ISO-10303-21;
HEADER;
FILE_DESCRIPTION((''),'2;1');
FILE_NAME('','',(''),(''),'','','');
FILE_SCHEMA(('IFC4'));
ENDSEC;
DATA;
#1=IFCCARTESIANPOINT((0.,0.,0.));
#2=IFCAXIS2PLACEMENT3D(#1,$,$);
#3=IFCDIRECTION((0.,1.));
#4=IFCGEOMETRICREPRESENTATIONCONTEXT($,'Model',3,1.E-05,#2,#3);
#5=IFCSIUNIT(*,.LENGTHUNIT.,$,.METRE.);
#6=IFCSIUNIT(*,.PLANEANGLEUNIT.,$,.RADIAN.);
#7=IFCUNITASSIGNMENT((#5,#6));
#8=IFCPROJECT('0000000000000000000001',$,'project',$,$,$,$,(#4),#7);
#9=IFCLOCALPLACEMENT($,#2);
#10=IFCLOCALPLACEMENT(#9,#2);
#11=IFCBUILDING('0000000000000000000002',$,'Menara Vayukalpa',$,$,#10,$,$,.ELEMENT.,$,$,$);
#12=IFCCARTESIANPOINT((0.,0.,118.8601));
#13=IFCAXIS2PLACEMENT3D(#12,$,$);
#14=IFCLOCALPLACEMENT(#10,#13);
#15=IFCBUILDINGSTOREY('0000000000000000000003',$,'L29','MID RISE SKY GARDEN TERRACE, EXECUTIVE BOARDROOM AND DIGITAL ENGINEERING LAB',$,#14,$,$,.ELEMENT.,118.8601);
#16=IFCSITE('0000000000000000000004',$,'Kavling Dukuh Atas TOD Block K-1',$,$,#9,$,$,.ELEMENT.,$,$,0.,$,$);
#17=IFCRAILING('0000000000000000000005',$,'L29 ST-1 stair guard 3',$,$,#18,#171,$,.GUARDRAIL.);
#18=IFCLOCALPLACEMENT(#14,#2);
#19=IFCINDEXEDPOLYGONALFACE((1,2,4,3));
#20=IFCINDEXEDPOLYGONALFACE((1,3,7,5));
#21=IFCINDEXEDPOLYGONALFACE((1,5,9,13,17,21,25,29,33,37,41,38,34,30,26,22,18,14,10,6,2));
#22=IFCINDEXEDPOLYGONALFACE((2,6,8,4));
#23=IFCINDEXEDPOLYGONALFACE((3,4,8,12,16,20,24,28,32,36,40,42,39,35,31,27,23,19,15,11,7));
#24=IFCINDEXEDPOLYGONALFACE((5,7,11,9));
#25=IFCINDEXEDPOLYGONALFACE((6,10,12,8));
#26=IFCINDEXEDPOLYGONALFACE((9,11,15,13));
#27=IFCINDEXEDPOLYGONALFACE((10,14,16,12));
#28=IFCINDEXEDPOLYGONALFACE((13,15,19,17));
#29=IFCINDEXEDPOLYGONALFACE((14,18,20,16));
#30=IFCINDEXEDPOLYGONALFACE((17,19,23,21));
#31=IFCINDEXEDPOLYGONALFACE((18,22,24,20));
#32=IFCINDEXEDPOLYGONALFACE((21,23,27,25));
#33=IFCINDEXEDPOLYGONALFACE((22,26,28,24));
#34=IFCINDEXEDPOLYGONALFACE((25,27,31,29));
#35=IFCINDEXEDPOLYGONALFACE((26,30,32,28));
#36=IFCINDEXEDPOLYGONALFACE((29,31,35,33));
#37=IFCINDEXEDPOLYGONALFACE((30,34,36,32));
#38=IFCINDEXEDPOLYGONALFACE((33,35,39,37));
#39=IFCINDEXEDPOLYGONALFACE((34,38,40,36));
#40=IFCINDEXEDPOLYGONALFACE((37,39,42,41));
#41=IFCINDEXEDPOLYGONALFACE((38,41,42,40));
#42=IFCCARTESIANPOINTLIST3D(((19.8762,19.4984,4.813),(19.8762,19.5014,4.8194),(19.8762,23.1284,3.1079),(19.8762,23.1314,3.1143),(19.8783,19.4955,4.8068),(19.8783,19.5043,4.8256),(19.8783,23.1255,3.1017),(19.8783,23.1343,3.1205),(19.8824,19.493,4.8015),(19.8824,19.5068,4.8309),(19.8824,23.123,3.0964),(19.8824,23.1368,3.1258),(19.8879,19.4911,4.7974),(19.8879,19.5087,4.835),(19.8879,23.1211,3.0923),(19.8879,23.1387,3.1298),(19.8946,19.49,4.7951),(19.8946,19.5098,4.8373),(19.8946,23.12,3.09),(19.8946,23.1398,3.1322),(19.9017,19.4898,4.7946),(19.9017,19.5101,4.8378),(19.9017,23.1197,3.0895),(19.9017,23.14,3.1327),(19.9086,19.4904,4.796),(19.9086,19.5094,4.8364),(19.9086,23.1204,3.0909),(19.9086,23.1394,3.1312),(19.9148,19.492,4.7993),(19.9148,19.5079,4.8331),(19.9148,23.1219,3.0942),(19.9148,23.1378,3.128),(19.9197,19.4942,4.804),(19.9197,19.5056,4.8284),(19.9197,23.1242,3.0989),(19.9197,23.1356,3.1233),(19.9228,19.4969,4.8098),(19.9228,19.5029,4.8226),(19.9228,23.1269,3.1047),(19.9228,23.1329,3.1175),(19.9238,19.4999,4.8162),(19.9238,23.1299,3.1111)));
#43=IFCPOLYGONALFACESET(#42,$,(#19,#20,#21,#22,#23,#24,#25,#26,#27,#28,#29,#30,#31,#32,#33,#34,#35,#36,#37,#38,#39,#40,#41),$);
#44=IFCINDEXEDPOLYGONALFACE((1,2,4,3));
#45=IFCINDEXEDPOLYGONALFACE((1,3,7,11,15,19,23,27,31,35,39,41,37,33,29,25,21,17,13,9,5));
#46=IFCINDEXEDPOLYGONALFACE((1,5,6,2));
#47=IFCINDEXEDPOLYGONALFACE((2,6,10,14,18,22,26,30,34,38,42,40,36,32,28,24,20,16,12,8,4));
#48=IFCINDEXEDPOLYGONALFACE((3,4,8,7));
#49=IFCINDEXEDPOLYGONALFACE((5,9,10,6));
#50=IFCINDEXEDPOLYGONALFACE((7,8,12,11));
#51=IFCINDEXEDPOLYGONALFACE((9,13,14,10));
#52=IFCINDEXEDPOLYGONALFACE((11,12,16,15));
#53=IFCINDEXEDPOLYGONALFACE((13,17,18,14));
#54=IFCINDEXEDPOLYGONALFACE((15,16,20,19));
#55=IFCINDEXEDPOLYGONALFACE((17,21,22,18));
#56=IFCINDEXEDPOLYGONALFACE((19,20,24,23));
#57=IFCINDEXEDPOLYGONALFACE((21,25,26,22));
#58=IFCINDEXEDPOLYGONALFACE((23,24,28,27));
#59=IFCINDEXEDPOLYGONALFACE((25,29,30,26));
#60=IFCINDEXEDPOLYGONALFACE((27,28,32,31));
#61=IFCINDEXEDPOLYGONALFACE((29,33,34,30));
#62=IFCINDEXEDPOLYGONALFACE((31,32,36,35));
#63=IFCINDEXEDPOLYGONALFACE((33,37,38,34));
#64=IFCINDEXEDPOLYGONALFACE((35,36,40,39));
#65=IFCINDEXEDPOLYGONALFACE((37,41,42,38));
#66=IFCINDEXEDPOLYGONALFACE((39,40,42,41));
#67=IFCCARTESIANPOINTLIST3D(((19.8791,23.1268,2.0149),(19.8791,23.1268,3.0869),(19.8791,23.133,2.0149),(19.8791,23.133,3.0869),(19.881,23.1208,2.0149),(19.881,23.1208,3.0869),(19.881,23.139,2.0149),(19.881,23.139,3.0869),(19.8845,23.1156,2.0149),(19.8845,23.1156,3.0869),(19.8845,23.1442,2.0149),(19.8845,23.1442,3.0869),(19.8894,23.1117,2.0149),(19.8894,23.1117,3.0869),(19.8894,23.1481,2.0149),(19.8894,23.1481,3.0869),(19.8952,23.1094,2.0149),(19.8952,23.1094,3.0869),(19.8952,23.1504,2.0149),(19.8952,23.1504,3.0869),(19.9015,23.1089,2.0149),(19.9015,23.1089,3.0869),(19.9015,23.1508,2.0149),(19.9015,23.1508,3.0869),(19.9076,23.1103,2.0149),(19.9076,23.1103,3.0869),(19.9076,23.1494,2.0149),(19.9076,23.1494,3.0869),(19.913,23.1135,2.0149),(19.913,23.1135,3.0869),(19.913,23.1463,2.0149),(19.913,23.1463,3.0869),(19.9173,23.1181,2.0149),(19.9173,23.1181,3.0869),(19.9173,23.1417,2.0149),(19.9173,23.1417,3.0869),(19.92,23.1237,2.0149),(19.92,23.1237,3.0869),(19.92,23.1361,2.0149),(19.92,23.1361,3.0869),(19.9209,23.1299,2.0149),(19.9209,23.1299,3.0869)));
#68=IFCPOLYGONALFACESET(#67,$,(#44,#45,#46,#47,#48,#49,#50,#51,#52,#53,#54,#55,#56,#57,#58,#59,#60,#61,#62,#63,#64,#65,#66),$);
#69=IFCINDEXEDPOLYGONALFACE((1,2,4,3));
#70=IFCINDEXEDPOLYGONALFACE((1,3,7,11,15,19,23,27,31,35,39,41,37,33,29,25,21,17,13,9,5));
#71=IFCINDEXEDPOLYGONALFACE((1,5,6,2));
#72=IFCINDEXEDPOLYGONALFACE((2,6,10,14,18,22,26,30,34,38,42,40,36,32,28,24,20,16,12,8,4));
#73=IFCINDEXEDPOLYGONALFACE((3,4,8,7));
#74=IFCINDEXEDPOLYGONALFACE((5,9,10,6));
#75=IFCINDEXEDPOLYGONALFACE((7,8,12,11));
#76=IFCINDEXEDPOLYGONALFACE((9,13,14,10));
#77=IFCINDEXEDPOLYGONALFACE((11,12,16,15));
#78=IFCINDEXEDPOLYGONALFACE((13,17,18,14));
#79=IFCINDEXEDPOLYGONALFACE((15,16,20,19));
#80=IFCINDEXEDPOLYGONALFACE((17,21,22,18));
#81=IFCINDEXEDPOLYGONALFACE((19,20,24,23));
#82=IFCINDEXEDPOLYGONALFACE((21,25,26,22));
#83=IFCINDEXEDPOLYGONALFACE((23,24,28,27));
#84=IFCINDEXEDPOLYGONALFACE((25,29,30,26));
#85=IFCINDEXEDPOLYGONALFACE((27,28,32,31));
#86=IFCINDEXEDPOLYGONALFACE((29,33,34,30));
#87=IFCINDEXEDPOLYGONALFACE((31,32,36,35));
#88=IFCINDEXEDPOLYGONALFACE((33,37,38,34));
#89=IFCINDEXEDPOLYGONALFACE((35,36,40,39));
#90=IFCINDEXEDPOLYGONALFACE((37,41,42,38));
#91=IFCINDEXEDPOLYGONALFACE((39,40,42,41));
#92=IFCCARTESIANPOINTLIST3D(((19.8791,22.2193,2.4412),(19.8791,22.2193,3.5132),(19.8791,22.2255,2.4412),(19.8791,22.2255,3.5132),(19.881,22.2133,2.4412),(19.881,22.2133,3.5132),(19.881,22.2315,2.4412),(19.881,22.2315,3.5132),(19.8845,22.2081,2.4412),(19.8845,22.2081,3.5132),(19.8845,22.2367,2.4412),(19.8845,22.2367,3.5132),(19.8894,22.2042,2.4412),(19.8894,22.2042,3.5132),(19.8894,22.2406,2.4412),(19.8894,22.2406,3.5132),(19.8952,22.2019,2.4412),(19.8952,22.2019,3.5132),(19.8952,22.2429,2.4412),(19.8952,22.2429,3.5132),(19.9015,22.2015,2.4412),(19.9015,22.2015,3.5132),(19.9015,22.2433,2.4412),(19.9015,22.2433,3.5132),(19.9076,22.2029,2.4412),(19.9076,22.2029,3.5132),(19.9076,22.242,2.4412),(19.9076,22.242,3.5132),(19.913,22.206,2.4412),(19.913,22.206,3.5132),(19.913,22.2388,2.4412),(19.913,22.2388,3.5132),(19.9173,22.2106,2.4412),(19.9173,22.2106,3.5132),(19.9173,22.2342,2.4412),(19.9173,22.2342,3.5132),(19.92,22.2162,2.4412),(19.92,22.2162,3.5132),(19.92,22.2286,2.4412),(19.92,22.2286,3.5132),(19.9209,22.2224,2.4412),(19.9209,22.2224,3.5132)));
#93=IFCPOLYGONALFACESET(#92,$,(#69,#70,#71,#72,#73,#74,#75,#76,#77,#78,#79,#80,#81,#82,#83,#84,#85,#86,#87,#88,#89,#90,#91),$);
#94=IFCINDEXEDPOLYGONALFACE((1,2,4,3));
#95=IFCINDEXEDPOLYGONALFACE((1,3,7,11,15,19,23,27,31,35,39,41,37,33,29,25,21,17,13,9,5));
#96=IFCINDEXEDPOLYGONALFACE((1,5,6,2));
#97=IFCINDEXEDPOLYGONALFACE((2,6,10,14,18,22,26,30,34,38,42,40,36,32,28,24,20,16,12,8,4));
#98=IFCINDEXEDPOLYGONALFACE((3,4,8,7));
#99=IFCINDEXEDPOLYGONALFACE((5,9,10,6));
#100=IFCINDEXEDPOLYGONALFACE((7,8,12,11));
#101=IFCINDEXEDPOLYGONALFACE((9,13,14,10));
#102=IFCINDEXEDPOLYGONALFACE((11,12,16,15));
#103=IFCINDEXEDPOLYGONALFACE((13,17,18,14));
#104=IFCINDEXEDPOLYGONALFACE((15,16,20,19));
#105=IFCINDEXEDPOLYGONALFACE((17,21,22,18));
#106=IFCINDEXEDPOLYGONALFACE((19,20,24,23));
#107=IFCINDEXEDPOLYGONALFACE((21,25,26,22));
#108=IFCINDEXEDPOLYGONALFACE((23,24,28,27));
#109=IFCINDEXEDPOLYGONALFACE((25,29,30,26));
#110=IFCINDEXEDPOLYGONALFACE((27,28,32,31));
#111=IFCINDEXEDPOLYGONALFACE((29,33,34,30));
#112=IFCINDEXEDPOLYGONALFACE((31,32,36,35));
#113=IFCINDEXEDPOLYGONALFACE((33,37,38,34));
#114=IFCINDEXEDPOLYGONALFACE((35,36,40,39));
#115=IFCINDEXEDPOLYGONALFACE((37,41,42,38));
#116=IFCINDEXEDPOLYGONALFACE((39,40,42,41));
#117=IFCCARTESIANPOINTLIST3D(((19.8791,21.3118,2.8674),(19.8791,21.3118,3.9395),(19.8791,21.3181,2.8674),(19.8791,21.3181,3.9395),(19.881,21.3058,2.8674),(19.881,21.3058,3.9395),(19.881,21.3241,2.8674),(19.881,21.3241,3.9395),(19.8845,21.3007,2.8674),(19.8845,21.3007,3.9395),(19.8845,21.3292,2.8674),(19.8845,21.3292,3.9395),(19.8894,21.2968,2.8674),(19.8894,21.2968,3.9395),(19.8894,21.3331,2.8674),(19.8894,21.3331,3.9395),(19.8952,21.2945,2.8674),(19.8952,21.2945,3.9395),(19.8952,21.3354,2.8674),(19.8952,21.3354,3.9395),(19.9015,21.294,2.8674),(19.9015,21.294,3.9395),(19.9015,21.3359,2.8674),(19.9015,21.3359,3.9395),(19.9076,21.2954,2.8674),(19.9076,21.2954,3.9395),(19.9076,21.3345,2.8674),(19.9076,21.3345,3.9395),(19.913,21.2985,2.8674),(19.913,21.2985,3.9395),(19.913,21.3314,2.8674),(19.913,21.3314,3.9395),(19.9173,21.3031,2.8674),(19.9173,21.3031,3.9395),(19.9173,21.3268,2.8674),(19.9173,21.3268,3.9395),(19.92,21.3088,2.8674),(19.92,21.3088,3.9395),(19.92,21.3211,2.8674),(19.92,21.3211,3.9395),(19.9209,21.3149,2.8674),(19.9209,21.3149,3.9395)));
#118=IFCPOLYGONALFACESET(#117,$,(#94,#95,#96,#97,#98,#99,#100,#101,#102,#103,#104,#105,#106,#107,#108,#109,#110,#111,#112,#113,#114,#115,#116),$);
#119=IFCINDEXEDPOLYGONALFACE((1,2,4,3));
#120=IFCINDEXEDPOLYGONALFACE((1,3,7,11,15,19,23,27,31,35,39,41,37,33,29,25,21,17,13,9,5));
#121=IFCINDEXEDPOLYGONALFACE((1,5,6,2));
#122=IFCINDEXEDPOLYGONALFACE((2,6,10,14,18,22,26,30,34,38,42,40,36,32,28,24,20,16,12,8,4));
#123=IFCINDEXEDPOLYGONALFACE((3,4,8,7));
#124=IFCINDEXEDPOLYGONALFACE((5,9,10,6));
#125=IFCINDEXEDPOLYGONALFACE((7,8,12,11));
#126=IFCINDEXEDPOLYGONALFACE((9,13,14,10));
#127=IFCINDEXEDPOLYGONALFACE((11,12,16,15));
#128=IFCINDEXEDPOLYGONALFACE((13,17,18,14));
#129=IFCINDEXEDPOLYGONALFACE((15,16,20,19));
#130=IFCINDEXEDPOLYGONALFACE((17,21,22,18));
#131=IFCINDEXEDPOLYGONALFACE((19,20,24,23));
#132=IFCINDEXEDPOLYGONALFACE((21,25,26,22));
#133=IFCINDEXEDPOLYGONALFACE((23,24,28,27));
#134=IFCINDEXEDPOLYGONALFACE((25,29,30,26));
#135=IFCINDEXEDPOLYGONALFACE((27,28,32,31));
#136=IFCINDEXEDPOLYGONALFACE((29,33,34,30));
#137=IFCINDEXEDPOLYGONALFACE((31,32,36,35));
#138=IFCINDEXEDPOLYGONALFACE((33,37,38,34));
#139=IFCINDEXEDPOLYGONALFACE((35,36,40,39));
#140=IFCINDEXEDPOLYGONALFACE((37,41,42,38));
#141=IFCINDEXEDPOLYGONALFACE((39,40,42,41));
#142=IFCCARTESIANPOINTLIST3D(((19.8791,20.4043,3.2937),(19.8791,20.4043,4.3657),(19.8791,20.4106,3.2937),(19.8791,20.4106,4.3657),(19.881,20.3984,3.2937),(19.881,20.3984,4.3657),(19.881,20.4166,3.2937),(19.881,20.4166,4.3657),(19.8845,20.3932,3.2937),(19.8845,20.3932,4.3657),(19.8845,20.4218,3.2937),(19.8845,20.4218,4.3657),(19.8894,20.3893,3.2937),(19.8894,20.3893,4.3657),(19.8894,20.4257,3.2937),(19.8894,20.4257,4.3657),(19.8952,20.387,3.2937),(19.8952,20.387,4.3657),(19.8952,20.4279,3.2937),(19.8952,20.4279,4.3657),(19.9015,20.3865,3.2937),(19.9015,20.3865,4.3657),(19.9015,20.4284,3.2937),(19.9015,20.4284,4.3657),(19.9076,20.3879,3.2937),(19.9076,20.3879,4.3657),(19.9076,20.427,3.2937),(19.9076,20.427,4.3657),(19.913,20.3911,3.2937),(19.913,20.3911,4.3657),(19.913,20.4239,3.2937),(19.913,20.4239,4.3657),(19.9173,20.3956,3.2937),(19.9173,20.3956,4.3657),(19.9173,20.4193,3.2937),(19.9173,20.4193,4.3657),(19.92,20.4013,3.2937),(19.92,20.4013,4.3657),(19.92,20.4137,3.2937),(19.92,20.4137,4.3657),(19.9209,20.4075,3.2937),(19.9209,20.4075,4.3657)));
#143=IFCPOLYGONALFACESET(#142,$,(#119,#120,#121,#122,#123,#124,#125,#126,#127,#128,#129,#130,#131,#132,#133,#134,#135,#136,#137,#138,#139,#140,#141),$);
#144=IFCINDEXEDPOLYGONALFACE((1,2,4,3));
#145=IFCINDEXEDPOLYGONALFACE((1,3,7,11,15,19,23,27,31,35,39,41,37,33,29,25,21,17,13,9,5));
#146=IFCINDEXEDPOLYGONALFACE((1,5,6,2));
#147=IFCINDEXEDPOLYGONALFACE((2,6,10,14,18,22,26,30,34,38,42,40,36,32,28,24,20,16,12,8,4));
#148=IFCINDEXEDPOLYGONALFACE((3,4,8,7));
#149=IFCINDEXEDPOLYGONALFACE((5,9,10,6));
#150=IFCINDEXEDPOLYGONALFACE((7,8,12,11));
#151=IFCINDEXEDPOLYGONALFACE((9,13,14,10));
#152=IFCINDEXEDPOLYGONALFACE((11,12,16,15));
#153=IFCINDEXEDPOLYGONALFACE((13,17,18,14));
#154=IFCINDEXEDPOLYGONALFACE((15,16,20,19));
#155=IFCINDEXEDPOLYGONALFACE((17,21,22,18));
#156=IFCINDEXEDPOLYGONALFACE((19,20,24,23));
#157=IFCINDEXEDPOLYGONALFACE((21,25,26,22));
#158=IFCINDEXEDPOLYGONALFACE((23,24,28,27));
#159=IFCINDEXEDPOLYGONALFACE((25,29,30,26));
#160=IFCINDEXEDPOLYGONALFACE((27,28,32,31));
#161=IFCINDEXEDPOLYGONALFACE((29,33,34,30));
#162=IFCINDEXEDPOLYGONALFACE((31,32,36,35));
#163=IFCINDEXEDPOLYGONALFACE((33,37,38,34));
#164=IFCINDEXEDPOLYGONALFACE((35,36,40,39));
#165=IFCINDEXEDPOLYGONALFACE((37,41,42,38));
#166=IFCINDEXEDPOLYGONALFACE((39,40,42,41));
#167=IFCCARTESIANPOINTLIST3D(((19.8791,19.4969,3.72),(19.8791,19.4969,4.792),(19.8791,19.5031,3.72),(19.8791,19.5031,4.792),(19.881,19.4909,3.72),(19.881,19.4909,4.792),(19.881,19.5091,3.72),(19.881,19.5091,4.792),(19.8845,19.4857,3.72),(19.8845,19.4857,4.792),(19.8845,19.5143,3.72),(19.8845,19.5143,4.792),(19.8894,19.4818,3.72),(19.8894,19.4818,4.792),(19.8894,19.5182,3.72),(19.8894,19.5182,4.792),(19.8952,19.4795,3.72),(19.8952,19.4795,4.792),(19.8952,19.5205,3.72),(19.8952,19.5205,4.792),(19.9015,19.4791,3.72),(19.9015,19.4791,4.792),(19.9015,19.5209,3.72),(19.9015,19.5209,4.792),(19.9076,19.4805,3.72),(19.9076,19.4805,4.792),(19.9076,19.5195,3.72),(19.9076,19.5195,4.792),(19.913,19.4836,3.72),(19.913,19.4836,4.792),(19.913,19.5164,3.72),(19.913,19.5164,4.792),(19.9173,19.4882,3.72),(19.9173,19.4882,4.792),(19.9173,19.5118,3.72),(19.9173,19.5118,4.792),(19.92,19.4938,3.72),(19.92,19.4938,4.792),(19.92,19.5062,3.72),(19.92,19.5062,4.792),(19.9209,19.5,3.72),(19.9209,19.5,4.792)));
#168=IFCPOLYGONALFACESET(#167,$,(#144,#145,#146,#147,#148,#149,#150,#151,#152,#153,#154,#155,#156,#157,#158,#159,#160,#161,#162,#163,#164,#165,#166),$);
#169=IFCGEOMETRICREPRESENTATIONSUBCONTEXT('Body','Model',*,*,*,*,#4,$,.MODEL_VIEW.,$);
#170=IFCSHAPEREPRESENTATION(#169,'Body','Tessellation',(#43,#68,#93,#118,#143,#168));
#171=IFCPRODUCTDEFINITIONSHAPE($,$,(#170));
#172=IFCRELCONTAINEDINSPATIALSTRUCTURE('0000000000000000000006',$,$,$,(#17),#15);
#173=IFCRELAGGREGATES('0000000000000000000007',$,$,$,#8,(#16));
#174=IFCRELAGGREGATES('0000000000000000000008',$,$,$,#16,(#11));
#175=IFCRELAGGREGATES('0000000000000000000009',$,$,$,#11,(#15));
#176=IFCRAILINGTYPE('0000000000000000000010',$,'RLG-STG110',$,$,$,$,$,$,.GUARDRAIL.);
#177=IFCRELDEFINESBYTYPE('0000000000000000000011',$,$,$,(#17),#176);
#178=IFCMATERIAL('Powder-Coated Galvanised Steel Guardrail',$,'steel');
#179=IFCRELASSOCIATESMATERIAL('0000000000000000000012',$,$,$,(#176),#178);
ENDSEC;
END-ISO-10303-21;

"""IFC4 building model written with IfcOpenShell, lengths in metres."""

from ifc_helpers import new_model, si_unit, direction, frame, origin, origin_2d, place, context, subcontext, project, spatial, circle, extrude, material, type_object, element, save


model = new_model("IFC4")

# Units and contexts
model_context = context("Model", 3, precision=1e-05, world=origin(), true_north=direction((0.0, 1.0)))
body_context = subcontext(model_context, "Body", "Model", "MODEL_VIEW")
ifc_project = project(units=[si_unit("LENGTHUNIT", "METRE"), si_unit("PLANEANGLEUNIT", "RADIAN")], contexts=[model_context])

# Site, building, storey
site_placement = place(None, origin())
site = spatial("IfcSite", under=ifc_project, at=site_placement, Name="Kavling Dukuh Atas TOD Block K-1", CompositionType="ELEMENT", RefElevation=0.0)
building_placement = place(site_placement, origin())
building = spatial("IfcBuilding", under=site, at=building_placement, Name="Menara Vayukalpa", CompositionType="ELEMENT")
storey_placement = place(building_placement, frame((0.0, 0.0, 118.8601)))
storey = spatial("IfcBuildingStorey", under=building, at=storey_placement, Name="L29", Description="MID RISE SKY GARDEN TERRACE, EXECUTIVE BOARDROOM AND DIGITAL ENGINEERING LAB", CompositionType="ELEMENT", Elevation=118.8601)

# Railing
ifc_material_1 = material(Name="Powder-Coated Galvanised Steel Guardrail", Category="steel")
railing_type_1 = type_object("IfcRailingType", Name="RLG-STG110", PredefinedType="GUARDRAIL", material=ifc_material_1)
railing_1_placement = place(storey_placement, frame((19.8999, 23.1299, 2.0149)))
element("IfcRailing", 1, at=railing_1_placement, inside=storey, type_object=railing_type_1, Name="L29 ST-1 stair guard 3", PredefinedType="GUARDRAIL", context=body_context, shape_type="SweptSolid", body=[
    extrude(circle(Radius=0.0239, at=origin_2d()), frame((0.0, 0.0, 1.0962), z_axis=(0.0, -0.905116, 0.425164), x_axis=(1.0, 0.0, 0.0)), (0.0, 0.0, 1.0), 4.0105),
    extrude(circle(Radius=0.021, at=origin_2d()), origin(), (0.0, 0.0, 1.0), 1.072),
    extrude(circle(Radius=0.021, at=origin_2d()), frame((0.0, -0.9075, 0.4263)), (0.0, 0.0, 1.0), 1.072),
    extrude(circle(Radius=0.021, at=origin_2d()), frame((0.0, -1.8149, 0.8525)), (0.0, 0.0, 1.0), 1.072),
    extrude(circle(Radius=0.021, at=origin_2d()), frame((0.0, -2.7224, 1.2788)), (0.0, 0.0, 1.0), 1.072),
    extrude(circle(Radius=0.021, at=origin_2d()), frame((0.0, -3.6299, 1.7051)), (0.0, 0.0, 1.0), 1.072),
])

save(model, "model.ifc")
